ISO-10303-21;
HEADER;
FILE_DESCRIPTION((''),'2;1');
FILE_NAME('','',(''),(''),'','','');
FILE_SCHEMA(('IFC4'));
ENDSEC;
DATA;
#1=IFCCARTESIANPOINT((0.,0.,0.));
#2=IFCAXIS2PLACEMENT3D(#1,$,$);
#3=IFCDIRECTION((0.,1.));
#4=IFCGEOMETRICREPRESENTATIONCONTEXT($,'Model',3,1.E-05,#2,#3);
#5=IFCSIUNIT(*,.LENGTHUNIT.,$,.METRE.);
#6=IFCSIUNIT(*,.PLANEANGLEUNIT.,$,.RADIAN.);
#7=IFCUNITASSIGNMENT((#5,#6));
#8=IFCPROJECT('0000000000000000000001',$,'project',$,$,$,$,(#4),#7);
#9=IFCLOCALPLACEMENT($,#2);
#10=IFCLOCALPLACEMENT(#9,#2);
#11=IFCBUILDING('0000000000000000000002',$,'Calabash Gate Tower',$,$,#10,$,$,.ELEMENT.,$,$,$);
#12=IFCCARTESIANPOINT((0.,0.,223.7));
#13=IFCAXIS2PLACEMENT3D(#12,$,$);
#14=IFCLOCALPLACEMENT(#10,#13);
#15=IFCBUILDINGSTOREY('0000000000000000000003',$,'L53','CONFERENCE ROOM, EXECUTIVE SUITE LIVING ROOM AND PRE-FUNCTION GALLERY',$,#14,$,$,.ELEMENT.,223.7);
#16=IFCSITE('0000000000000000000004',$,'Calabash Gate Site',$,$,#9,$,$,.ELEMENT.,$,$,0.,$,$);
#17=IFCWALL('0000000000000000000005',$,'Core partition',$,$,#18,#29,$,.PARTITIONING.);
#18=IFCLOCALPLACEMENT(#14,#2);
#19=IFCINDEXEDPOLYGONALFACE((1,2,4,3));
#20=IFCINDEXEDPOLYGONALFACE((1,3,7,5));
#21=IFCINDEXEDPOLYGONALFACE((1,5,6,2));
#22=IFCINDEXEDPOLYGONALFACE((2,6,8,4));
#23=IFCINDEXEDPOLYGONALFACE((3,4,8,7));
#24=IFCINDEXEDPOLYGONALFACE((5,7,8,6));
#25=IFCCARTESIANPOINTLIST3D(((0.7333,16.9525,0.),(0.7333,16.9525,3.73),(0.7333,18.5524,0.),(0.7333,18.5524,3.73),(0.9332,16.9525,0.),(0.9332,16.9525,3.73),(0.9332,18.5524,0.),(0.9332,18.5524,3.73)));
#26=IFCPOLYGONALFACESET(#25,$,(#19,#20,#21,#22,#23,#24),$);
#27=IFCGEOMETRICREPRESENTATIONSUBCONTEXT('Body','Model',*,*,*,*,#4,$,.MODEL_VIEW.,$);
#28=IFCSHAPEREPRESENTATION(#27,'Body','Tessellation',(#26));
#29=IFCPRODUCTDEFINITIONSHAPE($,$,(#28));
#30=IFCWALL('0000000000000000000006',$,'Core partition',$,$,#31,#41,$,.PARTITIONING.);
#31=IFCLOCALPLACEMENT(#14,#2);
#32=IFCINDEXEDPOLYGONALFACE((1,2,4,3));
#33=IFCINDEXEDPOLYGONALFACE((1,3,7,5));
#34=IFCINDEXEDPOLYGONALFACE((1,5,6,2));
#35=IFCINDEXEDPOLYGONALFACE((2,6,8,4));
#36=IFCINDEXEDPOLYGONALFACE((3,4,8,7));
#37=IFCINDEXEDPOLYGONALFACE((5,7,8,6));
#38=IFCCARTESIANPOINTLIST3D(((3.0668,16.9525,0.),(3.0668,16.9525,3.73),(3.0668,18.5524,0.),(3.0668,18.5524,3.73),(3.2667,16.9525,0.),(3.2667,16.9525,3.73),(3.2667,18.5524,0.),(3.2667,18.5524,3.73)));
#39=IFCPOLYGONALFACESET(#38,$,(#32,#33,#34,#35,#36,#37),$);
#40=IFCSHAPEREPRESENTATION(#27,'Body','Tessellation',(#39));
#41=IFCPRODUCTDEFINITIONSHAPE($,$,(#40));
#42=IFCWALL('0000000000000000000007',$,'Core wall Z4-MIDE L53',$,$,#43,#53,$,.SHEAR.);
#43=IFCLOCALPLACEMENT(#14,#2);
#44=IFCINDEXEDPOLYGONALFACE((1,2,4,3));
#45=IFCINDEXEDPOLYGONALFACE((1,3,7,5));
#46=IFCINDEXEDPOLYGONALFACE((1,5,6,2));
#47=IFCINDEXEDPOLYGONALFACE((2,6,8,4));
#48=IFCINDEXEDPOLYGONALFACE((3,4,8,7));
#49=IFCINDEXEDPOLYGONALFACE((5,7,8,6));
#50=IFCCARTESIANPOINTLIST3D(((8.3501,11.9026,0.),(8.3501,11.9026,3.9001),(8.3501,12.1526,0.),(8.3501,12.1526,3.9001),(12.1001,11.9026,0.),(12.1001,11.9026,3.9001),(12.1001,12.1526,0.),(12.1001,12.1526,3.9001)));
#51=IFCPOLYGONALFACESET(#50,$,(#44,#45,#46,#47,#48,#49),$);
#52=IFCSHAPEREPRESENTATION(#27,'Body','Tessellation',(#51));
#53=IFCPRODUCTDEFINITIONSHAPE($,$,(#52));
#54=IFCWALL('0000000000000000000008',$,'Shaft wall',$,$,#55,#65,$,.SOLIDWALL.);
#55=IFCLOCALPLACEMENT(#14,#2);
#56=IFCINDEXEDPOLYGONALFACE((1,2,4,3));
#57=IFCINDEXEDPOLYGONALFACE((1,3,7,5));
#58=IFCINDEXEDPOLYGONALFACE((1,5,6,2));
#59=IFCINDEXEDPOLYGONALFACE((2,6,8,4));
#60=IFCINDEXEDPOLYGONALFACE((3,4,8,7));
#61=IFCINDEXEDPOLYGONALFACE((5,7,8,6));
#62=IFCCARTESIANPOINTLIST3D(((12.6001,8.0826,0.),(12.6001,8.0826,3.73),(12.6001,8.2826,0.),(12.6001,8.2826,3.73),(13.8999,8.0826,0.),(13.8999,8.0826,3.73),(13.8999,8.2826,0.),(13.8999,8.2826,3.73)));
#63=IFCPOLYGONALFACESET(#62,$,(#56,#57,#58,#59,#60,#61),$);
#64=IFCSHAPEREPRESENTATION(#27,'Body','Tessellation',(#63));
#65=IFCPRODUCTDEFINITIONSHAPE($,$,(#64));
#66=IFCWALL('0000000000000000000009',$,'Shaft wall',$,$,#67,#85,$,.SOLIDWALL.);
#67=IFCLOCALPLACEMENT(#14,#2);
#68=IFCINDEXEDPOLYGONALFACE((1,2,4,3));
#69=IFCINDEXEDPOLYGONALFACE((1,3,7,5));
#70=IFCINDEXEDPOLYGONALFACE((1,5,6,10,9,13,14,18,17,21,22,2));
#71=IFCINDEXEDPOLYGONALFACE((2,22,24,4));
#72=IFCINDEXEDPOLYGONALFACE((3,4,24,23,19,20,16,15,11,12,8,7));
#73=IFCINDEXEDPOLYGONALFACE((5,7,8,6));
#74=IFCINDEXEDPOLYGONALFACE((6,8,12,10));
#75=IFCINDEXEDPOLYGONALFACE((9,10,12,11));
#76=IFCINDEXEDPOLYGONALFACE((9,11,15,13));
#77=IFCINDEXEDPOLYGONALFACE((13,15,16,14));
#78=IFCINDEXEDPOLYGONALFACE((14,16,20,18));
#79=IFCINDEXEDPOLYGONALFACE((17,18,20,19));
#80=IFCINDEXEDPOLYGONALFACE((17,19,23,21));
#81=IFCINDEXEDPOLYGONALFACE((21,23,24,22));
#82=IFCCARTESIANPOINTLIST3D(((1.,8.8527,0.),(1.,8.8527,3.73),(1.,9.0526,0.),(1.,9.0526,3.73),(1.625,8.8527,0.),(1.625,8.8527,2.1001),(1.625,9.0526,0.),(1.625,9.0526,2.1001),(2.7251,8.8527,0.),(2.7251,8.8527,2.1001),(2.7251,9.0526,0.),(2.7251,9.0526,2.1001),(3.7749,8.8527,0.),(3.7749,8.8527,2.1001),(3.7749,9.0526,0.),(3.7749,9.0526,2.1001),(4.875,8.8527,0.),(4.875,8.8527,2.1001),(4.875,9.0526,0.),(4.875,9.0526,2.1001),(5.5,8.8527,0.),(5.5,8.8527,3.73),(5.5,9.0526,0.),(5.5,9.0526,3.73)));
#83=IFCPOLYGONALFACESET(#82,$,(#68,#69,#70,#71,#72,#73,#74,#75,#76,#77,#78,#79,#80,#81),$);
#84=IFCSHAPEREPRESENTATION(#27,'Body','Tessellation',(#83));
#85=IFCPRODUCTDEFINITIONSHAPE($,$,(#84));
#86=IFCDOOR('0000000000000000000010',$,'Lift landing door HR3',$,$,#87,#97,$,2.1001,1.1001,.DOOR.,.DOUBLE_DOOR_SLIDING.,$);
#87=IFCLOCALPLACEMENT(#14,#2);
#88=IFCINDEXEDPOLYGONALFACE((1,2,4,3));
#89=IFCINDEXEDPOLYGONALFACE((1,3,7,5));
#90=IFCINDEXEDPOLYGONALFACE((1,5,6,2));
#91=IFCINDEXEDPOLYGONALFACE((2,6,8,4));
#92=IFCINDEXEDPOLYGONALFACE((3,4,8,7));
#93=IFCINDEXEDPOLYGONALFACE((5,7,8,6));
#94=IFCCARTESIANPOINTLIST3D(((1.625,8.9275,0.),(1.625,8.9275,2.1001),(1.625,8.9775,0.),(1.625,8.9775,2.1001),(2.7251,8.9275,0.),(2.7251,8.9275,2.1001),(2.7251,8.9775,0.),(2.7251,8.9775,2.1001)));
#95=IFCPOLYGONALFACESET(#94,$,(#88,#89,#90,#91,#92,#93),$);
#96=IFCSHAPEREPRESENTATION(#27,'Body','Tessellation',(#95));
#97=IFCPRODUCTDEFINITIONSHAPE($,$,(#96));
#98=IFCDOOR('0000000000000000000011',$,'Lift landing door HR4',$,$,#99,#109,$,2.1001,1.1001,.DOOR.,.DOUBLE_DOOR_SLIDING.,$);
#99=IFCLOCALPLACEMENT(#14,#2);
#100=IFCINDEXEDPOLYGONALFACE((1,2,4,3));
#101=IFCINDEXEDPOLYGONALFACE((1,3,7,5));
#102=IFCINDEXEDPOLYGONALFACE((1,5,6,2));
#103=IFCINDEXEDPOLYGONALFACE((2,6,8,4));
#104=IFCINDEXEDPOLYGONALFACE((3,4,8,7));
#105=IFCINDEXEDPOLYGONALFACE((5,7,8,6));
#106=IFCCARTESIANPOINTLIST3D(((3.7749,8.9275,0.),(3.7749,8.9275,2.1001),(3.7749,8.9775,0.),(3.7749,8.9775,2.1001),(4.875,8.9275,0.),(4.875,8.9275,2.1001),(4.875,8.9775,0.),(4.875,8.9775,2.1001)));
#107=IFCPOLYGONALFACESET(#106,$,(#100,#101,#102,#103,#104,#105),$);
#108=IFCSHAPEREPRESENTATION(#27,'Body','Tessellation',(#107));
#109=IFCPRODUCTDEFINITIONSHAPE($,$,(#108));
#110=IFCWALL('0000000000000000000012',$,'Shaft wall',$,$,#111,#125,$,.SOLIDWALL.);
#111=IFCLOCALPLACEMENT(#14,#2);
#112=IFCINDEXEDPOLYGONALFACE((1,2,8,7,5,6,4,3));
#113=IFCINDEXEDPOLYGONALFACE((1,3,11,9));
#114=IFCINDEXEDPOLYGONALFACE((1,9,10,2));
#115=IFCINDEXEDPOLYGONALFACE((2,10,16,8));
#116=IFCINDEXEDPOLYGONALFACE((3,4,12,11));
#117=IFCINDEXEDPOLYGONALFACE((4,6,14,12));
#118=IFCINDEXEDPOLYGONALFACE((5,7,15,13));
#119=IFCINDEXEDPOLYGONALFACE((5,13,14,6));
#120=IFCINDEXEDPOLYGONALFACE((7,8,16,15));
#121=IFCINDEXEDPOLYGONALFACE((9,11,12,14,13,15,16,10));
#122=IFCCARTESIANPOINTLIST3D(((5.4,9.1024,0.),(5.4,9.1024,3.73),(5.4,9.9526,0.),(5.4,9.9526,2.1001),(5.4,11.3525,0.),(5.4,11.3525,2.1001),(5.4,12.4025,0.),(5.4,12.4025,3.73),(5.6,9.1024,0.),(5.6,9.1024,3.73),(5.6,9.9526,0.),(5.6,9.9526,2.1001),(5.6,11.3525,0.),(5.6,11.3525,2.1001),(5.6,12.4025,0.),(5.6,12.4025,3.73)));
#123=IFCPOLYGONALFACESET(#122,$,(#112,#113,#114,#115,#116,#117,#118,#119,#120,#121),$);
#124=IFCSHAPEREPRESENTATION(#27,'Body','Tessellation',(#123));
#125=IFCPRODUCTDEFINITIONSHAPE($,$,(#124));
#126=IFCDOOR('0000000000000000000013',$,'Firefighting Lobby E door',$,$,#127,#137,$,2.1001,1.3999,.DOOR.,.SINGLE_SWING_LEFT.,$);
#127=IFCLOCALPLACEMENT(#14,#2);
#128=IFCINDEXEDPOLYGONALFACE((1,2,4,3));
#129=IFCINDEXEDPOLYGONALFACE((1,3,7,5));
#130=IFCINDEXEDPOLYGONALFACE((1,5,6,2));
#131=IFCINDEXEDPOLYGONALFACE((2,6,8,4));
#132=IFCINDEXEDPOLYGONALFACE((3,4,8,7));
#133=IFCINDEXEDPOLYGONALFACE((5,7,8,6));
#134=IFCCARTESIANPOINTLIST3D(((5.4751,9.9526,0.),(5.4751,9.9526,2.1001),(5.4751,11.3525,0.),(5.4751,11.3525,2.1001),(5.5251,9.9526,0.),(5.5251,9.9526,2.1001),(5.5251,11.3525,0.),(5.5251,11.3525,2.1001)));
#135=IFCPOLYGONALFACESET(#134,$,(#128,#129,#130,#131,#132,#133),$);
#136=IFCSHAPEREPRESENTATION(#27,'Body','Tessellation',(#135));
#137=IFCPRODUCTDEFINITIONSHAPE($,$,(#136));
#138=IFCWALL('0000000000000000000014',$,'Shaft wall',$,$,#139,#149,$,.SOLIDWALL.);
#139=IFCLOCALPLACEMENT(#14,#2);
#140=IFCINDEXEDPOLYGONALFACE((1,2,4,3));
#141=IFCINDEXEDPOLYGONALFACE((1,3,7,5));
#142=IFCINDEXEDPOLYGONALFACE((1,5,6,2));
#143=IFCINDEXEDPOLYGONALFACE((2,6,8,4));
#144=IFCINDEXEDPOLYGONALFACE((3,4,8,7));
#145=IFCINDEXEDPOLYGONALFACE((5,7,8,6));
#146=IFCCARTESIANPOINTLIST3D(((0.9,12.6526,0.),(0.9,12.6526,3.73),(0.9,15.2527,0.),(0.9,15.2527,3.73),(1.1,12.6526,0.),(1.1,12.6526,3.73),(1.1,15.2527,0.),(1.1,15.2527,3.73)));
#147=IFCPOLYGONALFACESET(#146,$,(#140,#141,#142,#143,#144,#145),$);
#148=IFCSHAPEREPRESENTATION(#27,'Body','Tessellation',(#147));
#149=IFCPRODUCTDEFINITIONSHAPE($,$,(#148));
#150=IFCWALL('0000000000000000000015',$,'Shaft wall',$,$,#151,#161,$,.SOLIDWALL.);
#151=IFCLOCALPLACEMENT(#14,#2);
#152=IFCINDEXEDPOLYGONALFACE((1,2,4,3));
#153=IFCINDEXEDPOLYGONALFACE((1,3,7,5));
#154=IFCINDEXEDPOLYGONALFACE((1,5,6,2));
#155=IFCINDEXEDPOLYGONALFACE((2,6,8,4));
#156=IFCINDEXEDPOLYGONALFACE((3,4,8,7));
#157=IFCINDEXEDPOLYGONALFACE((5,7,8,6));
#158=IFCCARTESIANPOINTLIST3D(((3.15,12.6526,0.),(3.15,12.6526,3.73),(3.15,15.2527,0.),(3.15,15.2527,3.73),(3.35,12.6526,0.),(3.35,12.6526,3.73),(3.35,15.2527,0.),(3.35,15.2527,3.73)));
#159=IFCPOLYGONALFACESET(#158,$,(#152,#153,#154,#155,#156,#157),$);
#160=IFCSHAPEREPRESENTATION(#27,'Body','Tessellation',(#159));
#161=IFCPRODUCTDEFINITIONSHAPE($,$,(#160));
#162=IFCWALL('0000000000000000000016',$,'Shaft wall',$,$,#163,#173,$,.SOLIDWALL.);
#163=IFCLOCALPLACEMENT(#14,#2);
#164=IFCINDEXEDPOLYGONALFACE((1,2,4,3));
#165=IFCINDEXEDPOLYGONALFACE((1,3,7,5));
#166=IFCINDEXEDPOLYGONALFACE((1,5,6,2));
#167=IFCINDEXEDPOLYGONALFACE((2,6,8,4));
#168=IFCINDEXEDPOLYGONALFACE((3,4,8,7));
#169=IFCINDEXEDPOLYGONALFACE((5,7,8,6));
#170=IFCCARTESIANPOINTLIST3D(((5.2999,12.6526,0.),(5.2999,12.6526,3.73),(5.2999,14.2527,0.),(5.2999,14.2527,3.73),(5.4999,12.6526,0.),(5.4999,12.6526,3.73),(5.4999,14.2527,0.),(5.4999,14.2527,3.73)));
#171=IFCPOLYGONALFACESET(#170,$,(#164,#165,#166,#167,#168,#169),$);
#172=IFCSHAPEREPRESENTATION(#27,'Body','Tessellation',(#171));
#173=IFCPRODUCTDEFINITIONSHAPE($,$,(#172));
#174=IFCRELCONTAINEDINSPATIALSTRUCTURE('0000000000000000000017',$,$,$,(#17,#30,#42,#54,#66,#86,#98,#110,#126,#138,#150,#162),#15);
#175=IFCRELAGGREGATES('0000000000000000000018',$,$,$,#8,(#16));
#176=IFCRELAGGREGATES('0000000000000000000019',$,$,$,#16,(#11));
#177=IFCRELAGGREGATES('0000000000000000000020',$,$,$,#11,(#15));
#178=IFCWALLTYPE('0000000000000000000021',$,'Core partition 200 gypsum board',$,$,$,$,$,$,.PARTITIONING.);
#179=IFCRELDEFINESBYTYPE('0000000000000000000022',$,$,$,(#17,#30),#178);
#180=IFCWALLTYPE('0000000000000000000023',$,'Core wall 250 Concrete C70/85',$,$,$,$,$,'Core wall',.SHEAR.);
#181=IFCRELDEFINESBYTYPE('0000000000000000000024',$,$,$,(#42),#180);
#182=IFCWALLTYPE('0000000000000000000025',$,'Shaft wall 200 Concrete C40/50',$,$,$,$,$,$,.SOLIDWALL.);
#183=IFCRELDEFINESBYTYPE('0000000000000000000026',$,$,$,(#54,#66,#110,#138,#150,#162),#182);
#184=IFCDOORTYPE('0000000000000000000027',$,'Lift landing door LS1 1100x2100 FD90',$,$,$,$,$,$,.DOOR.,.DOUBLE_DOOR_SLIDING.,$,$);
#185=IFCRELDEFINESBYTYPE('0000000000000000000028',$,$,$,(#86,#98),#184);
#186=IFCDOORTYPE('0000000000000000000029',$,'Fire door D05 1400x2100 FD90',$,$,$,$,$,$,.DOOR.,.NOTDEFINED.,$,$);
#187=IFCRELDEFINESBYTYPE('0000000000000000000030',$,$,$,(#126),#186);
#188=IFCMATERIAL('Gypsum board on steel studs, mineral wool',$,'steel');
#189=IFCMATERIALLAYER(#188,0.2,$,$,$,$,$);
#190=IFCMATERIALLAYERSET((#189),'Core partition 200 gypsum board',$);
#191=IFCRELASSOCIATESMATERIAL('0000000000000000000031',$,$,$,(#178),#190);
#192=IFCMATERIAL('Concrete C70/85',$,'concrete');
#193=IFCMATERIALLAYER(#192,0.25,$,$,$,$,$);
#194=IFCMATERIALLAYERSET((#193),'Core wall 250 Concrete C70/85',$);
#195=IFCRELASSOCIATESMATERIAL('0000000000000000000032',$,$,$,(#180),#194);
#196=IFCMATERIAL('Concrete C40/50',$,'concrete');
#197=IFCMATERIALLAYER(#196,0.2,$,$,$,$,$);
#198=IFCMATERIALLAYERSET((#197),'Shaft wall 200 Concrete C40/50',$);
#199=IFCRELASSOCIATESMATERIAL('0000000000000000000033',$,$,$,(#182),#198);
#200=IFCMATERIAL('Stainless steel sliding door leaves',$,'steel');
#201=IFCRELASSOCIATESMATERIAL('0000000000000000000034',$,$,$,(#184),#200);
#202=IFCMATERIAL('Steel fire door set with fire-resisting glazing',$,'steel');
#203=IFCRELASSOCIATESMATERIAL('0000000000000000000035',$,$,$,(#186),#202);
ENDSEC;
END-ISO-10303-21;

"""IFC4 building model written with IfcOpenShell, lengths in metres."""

from ifc_helpers import new_model, si_unit, direction, frame, frame_2d, origin, place, context, subcontext, project, spatial, rectangle, extrude, material, layer, layer_set, type_object, element, fill, save


model = new_model("IFC4")

# Units and contexts
model_context = context("Model", 3, precision=1e-05, world=origin(), true_north=direction((0.0, 1.0)))
body_context = subcontext(model_context, "Body", "Model", "MODEL_VIEW")
ifc_project = project(units=[si_unit("LENGTHUNIT", "METRE"), si_unit("PLANEANGLEUNIT", "RADIAN")], contexts=[model_context])

# Site, building, storey
site_placement = place(None, origin())
site = spatial("IfcSite", under=ifc_project, at=site_placement, Name="Calabash Gate Site", CompositionType="ELEMENT", RefElevation=0.0)
building_placement = place(site_placement, origin())
building = spatial("IfcBuilding", under=site, at=building_placement, Name="Calabash Gate Tower", CompositionType="ELEMENT")
storey_placement = place(building_placement, frame((0.0, 0.0, 223.7)))
storey = spatial("IfcBuildingStorey", under=building, at=storey_placement, Name="L53", Description="CONFERENCE ROOM, EXECUTIVE SUITE LIVING ROOM AND PRE-FUNCTION GALLERY", CompositionType="ELEMENT", Elevation=223.7)

# Walls
ifc_material_1 = material(Name="Gypsum board on steel studs, mineral wool", Category="steel")
ifc_layer_1 = layer(ifc_material_1, 0.2)
ifc_layer_set_1 = layer_set([ifc_layer_1], Name="Core partition 200 gypsum board")
wall_type_1 = type_object("IfcWallType", Name="Core partition 200 gypsum board", PredefinedType="PARTITIONING", material=ifc_layer_set_1)
for number, where, z_axis, x_axis, name in (
    (1, (0.8333, 16.9526, 0.0), (0.0, 0.0, 1.0), (0.0, 1.0, 0.0), "Core partition"),
    (2, (3.1667, 16.9526, 0.0), (0.0, 0.0, 1.0), (0.0, 1.0, 0.0), "Core partition"),
):
    element("IfcWall", number, at=place(storey_placement, frame(where, z_axis=z_axis, x_axis=x_axis)), inside=storey, type_object=wall_type_1, Name=name, PredefinedType="PARTITIONING", context=body_context, shape_type="SweptSolid", body=[
        extrude(rectangle(XDim=1.5999, YDim=0.2, at=frame_2d((0.7998, 0.0))), origin(), (0.0, 0.0, 1.0), 3.73),
    ])
ifc_material_2 = material(Name="Concrete C70/85", Category="concrete")
ifc_layer_2 = layer(ifc_material_2, 0.25)
ifc_layer_set_2 = layer_set([ifc_layer_2], Name="Core wall 250 Concrete C70/85")
wall_type_2 = type_object("IfcWallType", Name="Core wall 250 Concrete C70/85", ElementType="Core wall", PredefinedType="SHEAR", material=ifc_layer_set_2)
wall_1_placement = place(storey_placement, frame((8.3501, 12.0276, 0.0), z_axis=(0.0, 0.0, 1.0), x_axis=(1.0, 0.0, 0.0)))
element("IfcWall", 3, at=wall_1_placement, inside=storey, type_object=wall_type_2, Name="Core wall Z4-MIDE L53", PredefinedType="SHEAR", context=body_context, shape_type="SweptSolid", body=[
    extrude(rectangle(XDim=3.75, YDim=0.25, at=frame_2d((1.875, 0.0))), origin(), (0.0, 0.0, 1.0), 3.9001),
])
ifc_material_3 = material(Name="Concrete C40/50", Category="concrete")
ifc_layer_3 = layer(ifc_material_3, 0.2)
ifc_layer_set_3 = layer_set([ifc_layer_3], Name="Shaft wall 200 Concrete C40/50")
wall_type_3 = type_object("IfcWallType", Name="Shaft wall 200 Concrete C40/50", PredefinedType="SOLIDWALL", material=ifc_layer_set_3)
wall_2_placement = place(storey_placement, frame((12.6001, 8.1826, 0.0), z_axis=(0.0, 0.0, 1.0), x_axis=(1.0, 0.0, 0.0)))
element("IfcWall", 4, at=wall_2_placement, inside=storey, type_object=wall_type_3, Name="Shaft wall", PredefinedType="SOLIDWALL", context=body_context, shape_type="SweptSolid", body=[
    extrude(rectangle(XDim=1.2998, YDim=0.2, at=frame_2d((0.6499, 0.0))), origin(), (0.0, 0.0, 1.0), 3.73),
])

# Wall, openings, doors
wall_3_placement = place(storey_placement, frame((1.0, 8.9526, 0.0), z_axis=(0.0, 0.0, 1.0), x_axis=(1.0, 0.0, 0.0)))
wall_3 = element("IfcWall", 5, at=wall_3_placement, inside=storey, type_object=wall_type_3, Name="Shaft wall", PredefinedType="SOLIDWALL", context=body_context, shape_type="SweptSolid", body=[
    extrude(rectangle(XDim=4.5, YDim=0.2, at=frame_2d((2.25, 0.0))), origin(), (0.0, 0.0, 1.0), 3.73),
])
opening_1_placement = place(wall_3_placement, frame((0.625, 0.0, 0.0)))
opening_1 = element("IfcOpeningElement", 6, at=opening_1_placement, cuts=wall_3, PredefinedType="OPENING", context=body_context, shape_type="SweptSolid", body=[
    extrude(rectangle(XDim=1.1001, YDim=2.1001, at=frame_2d((0.55, 1.05))), frame((0.0, 0.1099, 0.0), z_axis=(0.0, -1.0, 0.0), x_axis=(1.0, 0.0, 0.0)), (0.0, 0.0, 1.0), 0.22),
])
opening_2_placement = place(wall_3_placement, frame((2.7749, 0.0, 0.0)))
opening_2 = element("IfcOpeningElement", 7, at=opening_2_placement, cuts=wall_3, PredefinedType="OPENING", context=body_context, shape_type="SweptSolid", body=[
    extrude(rectangle(XDim=1.1001, YDim=2.1001, at=frame_2d((0.55, 1.05))), frame((0.0, 0.1099, 0.0), z_axis=(0.0, -1.0, 0.0), x_axis=(1.0, 0.0, 0.0)), (0.0, 0.0, 1.0), 0.22),
])
ifc_material_4 = material(Name="Stainless steel sliding door leaves", Category="steel")
door_type_1 = type_object("IfcDoorType", Name="Lift landing door LS1 1100x2100 FD90", OperationType="DOUBLE_DOOR_SLIDING", PredefinedType="DOOR", material=ifc_material_4)
door_1_placement = place(opening_1_placement, origin())
door_1 = element("IfcDoor", 8, at=door_1_placement, inside=storey, type_object=door_type_1, Name="Lift landing door HR3", OperationType="DOUBLE_DOOR_SLIDING", OverallHeight=2.1001, OverallWidth=1.1001, PredefinedType="DOOR", context=body_context, shape_type="SweptSolid", body=[
    extrude(rectangle(XDim=1.1001, YDim=2.1001, at=frame_2d((0.55, 1.05))), frame((0.0, 0.0249, 0.0), z_axis=(0.0, -1.0, 0.0), x_axis=(1.0, 0.0, 0.0)), (0.0, 0.0, 1.0), 0.05),
])
fill(opening_1, door_1)
door_2_placement = place(opening_2_placement, origin())
door_2 = element("IfcDoor", 9, at=door_2_placement, inside=storey, type_object=door_type_1, Name="Lift landing door HR4", OperationType="DOUBLE_DOOR_SLIDING", OverallHeight=2.1001, OverallWidth=1.1001, PredefinedType="DOOR", context=body_context, shape_type="SweptSolid", body=[
    extrude(rectangle(XDim=1.1001, YDim=2.1001, at=frame_2d((0.55, 1.05))), frame((0.0, 0.0249, 0.0), z_axis=(0.0, -1.0, 0.0), x_axis=(1.0, 0.0, 0.0)), (0.0, 0.0, 1.0), 0.05),
])
fill(opening_2, door_2)

# Wall, opening, door
wall_4_placement = place(storey_placement, frame((5.5, 9.1025, 0.0), z_axis=(0.0, 0.0, 1.0), x_axis=(0.0, 1.0, 0.0)))
wall_4 = element("IfcWall", 10, at=wall_4_placement, inside=storey, type_object=wall_type_3, Name="Shaft wall", PredefinedType="SOLIDWALL", context=body_context, shape_type="SweptSolid", body=[
    extrude(rectangle(XDim=3.3, YDim=0.2, at=frame_2d((1.6499, 0.0))), origin(), (0.0, 0.0, 1.0), 3.73),
])
opening_3_placement = place(wall_4_placement, frame((0.8501, 0.0, 0.0)))
opening_3 = element("IfcOpeningElement", 11, at=opening_3_placement, cuts=wall_4, PredefinedType="OPENING", context=body_context, shape_type="SweptSolid", body=[
    extrude(rectangle(XDim=1.3999, YDim=2.1001, at=frame_2d((0.7, 1.05))), frame((0.0, 0.1099, 0.0), z_axis=(0.0, -1.0, 0.0), x_axis=(1.0, 0.0, 0.0)), (0.0, 0.0, 1.0), 0.22),
])
ifc_material_5 = material(Name="Steel fire door set with fire-resisting glazing", Category="steel")
door_type_2 = type_object("IfcDoorType", Name="Fire door D05 1400x2100 FD90", OperationType="NOTDEFINED", PredefinedType="DOOR", material=ifc_material_5)
door_3_placement = place(opening_3_placement, origin())
door_3 = element("IfcDoor", 12, at=door_3_placement, inside=storey, type_object=door_type_2, Name="Firefighting Lobby E door", OperationType="SINGLE_SWING_LEFT", OverallHeight=2.1001, OverallWidth=1.3999, PredefinedType="DOOR", context=body_context, shape_type="SweptSolid", body=[
    extrude(rectangle(XDim=1.3999, YDim=2.1001, at=frame_2d((0.7, 1.05))), frame((0.0, 0.0249, 0.0), z_axis=(0.0, -1.0, 0.0), x_axis=(1.0, 0.0, 0.0)), (0.0, 0.0, 1.0), 0.05),
])
fill(opening_3, door_3)

# Walls
for number, where, z_axis, x_axis, name in (
    (13, (1.0, 12.6526, 0.0), (0.0, 0.0, 1.0), (0.0, 1.0, 0.0), "Shaft wall"),
    (14, (3.25, 12.6526, 0.0), (0.0, 0.0, 1.0), (0.0, 1.0, 0.0), "Shaft wall"),
):
    element("IfcWall", number, at=place(storey_placement, frame(where, z_axis=z_axis, x_axis=x_axis)), inside=storey, type_object=wall_type_3, Name=name, PredefinedType="SOLIDWALL", context=body_context, shape_type="SweptSolid", body=[
        extrude(rectangle(XDim=2.6001, YDim=0.2, at=frame_2d((1.3, 0.0))), origin(), (0.0, 0.0, 1.0), 3.73),
    ])
wall_5_placement = place(storey_placement, frame((5.3999, 12.6526, 0.0), z_axis=(0.0, 0.0, 1.0), x_axis=(0.0, 1.0, 0.0)))
element("IfcWall", 15, at=wall_5_placement, inside=storey, type_object=wall_type_3, Name="Shaft wall", PredefinedType="SOLIDWALL", context=body_context, shape_type="SweptSolid", body=[
    extrude(rectangle(XDim=1.6001, YDim=0.2, at=frame_2d((0.8, 0.0))), origin(), (0.0, 0.0, 1.0), 3.73),
])

save(model, "model.ifc")
